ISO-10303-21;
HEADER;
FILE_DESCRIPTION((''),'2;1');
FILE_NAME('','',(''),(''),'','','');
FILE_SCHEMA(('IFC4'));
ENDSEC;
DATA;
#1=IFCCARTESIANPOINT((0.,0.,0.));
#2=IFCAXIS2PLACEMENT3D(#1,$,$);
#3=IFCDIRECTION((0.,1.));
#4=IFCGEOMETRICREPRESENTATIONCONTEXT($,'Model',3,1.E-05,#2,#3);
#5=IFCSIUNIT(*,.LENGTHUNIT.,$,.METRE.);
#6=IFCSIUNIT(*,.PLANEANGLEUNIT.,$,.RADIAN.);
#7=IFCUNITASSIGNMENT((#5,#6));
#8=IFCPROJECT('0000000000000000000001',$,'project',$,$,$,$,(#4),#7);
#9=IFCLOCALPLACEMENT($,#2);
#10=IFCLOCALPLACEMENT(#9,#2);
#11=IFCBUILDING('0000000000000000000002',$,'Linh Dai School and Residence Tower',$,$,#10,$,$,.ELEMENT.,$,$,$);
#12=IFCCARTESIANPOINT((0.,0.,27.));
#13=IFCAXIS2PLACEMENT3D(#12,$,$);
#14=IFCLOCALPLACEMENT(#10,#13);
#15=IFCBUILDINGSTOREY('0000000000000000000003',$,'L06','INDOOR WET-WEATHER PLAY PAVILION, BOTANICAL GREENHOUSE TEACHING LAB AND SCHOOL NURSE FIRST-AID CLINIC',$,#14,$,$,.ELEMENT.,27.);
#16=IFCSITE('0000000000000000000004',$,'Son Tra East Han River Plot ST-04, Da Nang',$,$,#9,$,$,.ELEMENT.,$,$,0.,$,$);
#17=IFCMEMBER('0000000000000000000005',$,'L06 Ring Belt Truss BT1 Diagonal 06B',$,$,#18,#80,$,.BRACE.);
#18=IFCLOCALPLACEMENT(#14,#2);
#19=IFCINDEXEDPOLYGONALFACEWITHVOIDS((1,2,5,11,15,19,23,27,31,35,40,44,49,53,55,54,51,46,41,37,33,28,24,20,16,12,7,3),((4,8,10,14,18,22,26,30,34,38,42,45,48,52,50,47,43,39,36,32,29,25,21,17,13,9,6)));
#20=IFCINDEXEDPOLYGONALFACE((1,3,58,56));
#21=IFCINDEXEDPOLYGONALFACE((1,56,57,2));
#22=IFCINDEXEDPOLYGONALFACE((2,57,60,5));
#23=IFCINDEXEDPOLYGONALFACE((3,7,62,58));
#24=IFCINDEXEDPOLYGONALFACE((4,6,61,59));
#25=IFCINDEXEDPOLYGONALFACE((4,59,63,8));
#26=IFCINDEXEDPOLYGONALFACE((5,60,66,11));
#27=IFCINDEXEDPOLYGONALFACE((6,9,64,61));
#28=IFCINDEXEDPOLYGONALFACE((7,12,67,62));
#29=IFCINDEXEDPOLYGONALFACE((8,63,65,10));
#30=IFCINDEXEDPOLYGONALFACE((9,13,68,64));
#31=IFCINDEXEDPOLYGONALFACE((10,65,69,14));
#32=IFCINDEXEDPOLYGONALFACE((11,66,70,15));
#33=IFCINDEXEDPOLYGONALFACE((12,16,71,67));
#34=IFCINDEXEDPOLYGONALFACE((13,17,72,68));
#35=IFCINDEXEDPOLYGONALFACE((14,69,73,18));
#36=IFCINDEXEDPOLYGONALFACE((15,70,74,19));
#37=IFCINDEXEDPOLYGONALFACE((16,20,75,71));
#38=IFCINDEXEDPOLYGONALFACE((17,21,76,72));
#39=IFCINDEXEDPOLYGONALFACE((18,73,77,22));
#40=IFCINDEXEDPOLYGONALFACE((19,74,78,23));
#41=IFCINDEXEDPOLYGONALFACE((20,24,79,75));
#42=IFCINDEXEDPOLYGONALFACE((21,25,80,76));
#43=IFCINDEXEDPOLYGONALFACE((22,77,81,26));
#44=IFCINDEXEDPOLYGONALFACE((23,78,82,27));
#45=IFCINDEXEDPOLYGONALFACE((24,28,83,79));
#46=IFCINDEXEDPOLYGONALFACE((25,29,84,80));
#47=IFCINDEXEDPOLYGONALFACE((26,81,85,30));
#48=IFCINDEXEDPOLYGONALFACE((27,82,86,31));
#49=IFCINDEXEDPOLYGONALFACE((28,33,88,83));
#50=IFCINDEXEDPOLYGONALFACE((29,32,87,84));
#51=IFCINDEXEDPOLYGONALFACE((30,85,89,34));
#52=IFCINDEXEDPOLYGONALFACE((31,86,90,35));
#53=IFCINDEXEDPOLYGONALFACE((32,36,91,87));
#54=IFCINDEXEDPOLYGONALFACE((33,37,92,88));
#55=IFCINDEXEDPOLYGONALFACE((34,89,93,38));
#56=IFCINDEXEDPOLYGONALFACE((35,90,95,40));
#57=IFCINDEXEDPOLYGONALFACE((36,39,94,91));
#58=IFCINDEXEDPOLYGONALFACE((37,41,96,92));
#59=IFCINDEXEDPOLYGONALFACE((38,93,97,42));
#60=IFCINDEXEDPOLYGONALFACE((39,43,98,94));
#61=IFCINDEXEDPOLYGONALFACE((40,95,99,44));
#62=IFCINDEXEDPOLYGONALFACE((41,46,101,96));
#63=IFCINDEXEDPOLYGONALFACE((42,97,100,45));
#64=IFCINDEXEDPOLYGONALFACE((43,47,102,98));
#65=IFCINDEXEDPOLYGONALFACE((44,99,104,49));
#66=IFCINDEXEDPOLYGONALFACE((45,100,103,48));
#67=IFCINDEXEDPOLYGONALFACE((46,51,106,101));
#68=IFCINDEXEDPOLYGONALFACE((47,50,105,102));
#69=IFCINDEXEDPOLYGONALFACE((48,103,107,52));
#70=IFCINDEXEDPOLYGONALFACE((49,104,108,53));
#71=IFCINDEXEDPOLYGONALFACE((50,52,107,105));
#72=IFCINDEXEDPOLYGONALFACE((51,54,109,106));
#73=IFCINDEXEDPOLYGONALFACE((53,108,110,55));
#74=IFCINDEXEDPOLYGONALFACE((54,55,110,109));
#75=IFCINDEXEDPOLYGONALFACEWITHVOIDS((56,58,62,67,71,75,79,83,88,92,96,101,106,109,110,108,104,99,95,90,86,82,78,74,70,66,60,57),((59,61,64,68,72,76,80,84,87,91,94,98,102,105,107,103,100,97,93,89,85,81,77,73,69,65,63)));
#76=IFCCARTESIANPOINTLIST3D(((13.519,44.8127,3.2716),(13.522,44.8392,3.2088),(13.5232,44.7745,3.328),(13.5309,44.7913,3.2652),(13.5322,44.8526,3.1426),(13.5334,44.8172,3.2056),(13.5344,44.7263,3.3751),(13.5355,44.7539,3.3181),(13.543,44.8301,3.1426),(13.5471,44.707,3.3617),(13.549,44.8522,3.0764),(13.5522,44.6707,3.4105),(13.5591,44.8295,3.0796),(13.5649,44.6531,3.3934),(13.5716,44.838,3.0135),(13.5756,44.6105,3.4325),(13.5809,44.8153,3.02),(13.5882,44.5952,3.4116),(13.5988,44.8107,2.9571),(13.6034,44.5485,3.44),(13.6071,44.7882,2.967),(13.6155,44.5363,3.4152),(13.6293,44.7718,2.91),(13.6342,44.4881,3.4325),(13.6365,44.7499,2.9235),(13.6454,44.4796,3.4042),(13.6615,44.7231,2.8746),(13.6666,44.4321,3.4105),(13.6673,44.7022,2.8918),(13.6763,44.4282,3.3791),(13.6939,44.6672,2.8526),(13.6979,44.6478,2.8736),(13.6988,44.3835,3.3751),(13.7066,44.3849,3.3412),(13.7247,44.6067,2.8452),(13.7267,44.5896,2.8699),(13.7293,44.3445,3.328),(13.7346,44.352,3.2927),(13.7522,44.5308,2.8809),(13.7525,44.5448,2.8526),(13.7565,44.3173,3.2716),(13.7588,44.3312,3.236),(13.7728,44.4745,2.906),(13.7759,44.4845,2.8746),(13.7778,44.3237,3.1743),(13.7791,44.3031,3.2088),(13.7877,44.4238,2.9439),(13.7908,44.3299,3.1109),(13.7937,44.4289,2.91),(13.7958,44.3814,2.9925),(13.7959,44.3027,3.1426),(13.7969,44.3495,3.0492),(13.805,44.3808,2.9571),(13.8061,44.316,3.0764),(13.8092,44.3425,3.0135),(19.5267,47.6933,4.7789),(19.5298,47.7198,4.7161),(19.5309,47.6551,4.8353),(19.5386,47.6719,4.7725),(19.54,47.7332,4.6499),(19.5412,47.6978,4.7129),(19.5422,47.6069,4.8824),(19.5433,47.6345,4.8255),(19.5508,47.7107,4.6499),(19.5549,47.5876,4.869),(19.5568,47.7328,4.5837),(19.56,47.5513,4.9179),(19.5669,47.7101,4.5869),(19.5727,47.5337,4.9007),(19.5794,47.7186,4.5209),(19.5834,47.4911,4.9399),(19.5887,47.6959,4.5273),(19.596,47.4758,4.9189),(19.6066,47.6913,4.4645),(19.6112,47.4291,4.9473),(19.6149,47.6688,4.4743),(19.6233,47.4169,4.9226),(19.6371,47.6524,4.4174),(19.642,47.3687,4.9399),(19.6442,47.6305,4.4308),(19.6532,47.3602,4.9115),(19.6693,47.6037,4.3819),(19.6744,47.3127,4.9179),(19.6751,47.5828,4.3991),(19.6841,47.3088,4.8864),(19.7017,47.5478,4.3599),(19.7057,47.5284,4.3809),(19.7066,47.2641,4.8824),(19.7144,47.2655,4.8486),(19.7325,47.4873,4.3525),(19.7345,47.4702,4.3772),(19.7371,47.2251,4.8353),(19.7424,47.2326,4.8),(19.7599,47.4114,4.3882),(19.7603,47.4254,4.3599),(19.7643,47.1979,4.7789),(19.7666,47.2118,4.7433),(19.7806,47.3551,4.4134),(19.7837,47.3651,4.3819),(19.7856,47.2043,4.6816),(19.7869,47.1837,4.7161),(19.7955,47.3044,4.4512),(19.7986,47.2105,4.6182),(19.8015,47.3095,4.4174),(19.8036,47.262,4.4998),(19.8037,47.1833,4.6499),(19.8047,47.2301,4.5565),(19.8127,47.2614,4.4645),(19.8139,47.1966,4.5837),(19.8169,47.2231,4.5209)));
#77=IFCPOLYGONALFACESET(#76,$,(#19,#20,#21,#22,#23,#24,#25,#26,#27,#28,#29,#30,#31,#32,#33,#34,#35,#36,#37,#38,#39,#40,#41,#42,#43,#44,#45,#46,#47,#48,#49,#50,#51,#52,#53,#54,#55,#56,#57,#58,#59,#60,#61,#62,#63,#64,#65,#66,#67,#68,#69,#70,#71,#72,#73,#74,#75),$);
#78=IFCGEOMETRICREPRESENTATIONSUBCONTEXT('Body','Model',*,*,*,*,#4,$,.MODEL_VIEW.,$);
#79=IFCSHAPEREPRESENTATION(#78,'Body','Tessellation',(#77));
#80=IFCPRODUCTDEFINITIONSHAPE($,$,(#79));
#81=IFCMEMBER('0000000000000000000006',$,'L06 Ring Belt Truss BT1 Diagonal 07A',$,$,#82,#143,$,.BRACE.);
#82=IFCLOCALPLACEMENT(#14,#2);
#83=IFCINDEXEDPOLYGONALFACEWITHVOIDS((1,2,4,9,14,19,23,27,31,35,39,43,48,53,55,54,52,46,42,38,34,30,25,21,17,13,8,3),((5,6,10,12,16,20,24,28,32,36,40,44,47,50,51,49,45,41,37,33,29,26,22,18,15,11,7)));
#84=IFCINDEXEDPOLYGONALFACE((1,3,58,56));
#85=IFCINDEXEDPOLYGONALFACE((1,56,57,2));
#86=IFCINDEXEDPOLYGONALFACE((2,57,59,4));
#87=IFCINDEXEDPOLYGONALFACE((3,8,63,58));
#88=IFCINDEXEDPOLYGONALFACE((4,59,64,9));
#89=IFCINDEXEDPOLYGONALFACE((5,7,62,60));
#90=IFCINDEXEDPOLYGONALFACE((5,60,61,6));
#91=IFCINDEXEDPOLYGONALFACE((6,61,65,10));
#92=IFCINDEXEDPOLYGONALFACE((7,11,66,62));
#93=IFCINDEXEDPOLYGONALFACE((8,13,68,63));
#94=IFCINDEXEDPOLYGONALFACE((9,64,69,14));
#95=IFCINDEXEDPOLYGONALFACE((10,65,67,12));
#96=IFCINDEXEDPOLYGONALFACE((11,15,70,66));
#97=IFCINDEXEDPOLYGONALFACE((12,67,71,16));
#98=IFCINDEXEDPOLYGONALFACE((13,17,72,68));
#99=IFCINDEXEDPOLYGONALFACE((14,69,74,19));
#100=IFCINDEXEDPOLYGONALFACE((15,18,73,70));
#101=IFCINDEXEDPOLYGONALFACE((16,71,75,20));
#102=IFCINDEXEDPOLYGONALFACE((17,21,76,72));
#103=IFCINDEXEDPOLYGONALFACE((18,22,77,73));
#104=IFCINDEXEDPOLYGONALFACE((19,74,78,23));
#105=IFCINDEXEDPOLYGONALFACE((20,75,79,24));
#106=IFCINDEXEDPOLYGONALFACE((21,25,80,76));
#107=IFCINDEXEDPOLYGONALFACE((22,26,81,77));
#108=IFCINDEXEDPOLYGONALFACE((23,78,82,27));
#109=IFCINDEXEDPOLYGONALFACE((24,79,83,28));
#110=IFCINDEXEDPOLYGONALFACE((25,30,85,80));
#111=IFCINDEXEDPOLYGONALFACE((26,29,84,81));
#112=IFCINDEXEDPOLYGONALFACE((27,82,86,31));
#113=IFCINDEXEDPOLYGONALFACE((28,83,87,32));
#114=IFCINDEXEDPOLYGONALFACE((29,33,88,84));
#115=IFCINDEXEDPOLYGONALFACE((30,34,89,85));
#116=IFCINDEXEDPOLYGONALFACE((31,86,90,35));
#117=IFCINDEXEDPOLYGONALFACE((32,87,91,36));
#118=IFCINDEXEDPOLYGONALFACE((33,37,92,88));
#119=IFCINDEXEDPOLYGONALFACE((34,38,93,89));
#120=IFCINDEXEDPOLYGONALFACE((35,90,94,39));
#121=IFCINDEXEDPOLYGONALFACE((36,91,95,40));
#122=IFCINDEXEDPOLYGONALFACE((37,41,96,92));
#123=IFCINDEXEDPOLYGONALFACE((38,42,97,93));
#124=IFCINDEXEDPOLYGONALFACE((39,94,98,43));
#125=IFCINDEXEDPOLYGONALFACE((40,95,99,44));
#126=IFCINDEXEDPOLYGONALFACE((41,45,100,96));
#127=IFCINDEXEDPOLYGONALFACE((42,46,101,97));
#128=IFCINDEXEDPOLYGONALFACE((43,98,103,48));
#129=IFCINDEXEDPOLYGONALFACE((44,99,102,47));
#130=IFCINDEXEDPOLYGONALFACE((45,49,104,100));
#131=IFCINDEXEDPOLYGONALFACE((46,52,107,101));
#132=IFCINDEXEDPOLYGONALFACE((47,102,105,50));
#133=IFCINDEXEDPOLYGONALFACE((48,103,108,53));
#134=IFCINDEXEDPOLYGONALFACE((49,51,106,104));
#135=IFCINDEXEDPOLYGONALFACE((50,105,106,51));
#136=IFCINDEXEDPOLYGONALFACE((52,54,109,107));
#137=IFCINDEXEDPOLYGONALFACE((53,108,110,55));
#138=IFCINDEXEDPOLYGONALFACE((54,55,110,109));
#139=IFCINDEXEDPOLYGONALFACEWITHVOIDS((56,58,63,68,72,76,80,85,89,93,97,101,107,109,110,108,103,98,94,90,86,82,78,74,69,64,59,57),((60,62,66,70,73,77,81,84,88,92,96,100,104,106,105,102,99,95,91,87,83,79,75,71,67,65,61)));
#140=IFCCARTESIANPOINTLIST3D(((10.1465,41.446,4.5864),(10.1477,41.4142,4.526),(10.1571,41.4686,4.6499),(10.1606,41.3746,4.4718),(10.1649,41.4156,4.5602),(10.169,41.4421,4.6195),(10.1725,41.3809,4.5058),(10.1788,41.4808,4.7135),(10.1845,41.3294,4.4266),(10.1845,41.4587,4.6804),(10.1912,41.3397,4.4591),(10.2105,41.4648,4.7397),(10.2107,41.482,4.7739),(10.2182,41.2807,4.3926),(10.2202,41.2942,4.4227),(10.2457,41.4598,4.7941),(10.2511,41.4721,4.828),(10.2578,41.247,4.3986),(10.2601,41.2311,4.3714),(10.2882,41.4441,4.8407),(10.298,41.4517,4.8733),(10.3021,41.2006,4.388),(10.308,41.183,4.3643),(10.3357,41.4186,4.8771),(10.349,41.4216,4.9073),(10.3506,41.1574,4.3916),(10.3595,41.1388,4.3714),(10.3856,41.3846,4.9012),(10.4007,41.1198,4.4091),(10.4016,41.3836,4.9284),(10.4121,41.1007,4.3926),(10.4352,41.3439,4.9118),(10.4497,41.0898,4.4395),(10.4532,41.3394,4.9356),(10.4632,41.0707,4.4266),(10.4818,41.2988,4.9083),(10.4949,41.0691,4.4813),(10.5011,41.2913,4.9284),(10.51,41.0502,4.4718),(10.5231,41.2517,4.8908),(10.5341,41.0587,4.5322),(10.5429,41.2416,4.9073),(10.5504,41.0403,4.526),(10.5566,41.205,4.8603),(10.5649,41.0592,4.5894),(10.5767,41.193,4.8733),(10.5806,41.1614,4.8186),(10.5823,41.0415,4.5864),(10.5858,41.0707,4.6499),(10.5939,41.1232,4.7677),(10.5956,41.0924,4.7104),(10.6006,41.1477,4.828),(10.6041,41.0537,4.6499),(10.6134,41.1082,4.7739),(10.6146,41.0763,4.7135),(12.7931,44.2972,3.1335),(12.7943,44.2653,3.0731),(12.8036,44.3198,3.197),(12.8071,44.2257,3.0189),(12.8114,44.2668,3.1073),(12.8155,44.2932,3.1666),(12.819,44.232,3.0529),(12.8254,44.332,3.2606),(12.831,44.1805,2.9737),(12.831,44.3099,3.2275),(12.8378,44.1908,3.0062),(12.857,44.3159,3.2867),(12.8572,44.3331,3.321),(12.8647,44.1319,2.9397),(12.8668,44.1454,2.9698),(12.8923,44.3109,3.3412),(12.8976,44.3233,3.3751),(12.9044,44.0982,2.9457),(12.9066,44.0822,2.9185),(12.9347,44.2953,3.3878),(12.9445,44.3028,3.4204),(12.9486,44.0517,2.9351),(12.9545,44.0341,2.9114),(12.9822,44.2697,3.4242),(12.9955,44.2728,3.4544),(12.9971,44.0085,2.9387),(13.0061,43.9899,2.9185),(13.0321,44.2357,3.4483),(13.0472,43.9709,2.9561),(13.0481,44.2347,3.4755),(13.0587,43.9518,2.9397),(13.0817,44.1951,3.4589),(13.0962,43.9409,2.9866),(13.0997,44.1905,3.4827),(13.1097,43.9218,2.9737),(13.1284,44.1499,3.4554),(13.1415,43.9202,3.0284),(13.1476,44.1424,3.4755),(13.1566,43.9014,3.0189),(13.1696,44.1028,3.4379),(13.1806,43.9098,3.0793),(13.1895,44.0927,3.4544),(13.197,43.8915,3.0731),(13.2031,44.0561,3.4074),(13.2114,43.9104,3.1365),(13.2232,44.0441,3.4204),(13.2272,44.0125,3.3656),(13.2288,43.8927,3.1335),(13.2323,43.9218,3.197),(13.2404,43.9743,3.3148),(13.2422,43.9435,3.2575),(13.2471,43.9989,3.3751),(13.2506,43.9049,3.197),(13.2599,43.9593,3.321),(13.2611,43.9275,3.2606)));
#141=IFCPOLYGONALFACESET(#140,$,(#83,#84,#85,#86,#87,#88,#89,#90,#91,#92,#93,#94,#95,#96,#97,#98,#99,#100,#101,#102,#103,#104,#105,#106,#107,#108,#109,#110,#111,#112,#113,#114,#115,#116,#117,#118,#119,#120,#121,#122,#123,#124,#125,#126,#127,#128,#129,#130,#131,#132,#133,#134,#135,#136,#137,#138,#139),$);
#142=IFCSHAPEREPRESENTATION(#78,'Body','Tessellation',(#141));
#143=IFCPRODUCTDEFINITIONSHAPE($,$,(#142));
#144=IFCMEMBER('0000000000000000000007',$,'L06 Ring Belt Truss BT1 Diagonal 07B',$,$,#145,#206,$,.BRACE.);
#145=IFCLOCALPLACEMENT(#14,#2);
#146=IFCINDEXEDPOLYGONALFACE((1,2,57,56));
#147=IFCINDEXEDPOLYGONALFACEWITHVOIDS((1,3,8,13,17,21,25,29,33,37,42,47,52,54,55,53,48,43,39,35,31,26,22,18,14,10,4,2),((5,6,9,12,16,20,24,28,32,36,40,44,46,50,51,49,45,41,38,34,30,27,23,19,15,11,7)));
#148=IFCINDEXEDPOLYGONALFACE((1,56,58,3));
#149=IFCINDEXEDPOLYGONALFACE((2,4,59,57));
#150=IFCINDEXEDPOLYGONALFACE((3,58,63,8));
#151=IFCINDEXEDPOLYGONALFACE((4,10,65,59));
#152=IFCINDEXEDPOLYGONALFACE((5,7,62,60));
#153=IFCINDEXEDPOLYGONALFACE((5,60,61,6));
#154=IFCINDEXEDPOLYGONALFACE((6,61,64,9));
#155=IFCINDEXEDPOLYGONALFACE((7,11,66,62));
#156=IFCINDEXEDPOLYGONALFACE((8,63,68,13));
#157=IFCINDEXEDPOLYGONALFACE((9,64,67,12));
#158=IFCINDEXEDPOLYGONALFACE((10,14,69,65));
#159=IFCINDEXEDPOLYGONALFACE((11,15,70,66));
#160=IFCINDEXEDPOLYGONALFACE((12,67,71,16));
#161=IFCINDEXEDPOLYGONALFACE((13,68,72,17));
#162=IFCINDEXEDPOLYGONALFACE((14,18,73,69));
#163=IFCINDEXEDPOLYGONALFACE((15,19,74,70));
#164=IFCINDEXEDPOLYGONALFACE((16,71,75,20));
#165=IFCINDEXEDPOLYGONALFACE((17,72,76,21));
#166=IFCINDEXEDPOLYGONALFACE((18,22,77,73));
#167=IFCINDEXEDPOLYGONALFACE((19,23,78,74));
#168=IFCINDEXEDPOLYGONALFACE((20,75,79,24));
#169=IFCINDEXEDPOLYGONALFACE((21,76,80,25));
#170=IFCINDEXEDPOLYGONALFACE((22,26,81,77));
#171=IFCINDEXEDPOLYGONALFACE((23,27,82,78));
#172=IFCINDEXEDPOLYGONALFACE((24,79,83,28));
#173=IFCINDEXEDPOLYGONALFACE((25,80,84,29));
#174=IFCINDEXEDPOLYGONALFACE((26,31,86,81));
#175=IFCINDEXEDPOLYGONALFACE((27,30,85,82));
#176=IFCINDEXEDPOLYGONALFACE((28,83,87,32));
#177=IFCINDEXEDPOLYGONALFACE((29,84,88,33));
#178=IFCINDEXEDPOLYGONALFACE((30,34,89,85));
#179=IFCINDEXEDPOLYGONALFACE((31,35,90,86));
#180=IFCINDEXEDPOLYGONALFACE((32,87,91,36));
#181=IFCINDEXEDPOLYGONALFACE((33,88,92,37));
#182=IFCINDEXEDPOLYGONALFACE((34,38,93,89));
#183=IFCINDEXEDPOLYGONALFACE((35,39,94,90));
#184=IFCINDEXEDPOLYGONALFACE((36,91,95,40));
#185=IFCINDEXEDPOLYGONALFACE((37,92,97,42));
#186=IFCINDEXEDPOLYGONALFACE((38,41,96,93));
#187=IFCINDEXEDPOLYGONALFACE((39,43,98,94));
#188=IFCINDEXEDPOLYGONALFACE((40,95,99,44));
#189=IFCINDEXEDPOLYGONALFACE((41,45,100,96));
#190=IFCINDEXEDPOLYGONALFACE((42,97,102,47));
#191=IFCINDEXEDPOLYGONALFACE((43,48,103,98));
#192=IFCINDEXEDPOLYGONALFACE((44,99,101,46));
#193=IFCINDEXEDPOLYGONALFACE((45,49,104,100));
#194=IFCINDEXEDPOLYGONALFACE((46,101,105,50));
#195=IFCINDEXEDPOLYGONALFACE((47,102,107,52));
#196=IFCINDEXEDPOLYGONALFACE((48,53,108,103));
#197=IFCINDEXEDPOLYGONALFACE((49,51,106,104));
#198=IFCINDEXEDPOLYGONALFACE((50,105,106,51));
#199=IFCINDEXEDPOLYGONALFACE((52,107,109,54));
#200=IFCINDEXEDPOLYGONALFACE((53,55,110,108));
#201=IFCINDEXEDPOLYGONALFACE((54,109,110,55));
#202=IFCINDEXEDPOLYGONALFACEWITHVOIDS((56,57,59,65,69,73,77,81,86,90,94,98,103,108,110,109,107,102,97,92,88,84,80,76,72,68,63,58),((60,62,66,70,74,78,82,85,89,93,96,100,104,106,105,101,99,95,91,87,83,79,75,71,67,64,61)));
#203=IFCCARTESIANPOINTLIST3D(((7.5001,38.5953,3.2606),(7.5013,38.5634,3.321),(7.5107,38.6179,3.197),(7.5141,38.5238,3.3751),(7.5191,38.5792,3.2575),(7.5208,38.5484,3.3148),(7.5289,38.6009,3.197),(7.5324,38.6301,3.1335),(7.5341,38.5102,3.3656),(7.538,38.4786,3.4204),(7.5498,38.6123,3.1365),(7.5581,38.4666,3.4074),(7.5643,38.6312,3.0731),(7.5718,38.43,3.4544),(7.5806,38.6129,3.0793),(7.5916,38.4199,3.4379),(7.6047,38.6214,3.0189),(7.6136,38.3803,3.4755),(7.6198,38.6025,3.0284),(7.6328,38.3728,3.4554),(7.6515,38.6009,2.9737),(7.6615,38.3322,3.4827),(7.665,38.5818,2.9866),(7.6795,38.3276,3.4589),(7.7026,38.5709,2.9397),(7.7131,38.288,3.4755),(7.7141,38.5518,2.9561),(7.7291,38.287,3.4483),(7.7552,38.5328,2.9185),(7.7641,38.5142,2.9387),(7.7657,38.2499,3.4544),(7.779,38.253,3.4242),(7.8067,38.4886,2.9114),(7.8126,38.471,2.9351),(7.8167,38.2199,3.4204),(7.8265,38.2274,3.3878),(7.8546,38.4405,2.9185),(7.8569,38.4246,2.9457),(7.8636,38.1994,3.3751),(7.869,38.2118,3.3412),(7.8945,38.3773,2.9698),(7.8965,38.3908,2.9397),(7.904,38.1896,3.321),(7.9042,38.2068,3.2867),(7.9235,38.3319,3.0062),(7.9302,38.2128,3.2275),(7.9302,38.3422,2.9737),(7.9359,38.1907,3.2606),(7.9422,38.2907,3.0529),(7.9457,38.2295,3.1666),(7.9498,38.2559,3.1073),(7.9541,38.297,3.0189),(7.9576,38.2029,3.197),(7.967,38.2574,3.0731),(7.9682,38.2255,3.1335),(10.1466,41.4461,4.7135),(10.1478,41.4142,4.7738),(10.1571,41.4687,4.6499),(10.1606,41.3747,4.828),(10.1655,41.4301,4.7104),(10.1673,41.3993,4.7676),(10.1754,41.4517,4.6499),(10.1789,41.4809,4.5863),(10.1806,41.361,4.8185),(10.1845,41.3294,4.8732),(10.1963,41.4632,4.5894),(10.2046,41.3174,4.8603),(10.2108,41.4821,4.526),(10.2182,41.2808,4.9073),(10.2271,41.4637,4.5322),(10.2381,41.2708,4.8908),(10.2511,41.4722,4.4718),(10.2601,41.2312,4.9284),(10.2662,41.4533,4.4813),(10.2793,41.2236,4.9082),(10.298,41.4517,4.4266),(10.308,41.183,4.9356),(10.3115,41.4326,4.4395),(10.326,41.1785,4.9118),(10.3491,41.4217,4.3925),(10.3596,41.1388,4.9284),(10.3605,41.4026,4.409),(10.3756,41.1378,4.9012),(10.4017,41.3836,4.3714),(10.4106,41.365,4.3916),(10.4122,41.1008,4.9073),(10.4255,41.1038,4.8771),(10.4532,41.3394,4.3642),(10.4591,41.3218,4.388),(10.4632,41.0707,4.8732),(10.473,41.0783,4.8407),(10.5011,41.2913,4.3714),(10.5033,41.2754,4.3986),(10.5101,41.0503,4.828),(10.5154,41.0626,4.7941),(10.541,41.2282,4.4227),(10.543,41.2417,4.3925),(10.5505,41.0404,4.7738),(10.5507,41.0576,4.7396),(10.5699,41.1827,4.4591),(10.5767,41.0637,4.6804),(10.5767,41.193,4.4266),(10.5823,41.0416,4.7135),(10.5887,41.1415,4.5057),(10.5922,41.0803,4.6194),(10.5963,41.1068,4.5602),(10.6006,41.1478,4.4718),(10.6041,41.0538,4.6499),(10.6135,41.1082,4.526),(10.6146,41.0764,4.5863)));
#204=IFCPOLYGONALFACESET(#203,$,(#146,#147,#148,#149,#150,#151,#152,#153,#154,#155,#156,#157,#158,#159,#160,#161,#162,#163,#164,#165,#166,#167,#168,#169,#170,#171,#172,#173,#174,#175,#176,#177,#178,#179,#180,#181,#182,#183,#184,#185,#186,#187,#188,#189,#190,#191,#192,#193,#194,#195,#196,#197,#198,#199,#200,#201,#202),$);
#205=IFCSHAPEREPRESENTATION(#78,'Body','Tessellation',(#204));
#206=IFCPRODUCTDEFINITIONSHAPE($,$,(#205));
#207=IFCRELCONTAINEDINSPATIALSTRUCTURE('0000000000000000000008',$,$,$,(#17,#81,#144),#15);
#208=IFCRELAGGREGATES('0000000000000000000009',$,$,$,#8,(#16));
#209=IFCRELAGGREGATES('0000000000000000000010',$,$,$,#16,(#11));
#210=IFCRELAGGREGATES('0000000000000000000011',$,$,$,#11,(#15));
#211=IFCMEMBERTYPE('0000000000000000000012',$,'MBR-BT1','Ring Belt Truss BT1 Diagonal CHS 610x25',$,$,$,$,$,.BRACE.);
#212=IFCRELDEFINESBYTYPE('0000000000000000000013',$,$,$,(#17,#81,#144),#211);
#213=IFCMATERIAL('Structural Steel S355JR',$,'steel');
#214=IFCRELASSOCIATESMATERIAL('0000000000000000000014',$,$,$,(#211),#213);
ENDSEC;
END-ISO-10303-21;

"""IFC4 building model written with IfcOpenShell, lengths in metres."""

from ifc_helpers import new_model, si_unit, direction, frame, origin, origin_2d, place, context, subcontext, project, spatial, hollow_circle, extrude, material, material_profile, profile_set, type_object, element, save


model = new_model("IFC4")

# Units and contexts
model_context = context("Model", 3, precision=1e-05, world=origin(), true_north=direction((0.0, 1.0)))
body_context = subcontext(model_context, "Body", "Model", "MODEL_VIEW")
ifc_project = project(units=[si_unit("LENGTHUNIT", "METRE"), si_unit("PLANEANGLEUNIT", "RADIAN")], contexts=[model_context])

# Site, building, storey
site_placement = place(None, origin())
site = spatial("IfcSite", under=ifc_project, at=site_placement, Name="Son Tra East Han River Plot ST-04, Da Nang", CompositionType="ELEMENT", RefElevation=0.0)
building_placement = place(site_placement, origin())
building = spatial("IfcBuilding", under=site, at=building_placement, Name="Linh Dai School and Residence Tower", CompositionType="ELEMENT")
storey_placement = place(building_placement, frame((0.0, 0.0, 27.0)))
storey = spatial("IfcBuildingStorey", under=building, at=storey_placement, Name="L06", Description="INDOOR WET-WEATHER PLAY PAVILION, BOTANICAL GREENHOUSE TEACHING LAB AND SCHOOL NURSE FIRST-AID CLINIC", CompositionType="ELEMENT", Elevation=27.0)

# Shared definitions
ifc_material_1 = material(Name="Structural Steel S355JR", Category="steel")

# Members
ifc_material_profile_1 = material_profile(ifc_material_1, hollow_circle(Radius=0.3049, WallThickness=0.0249, at=origin_2d()), Name="CHS 610x25")
ifc_profile_set_1 = profile_set([ifc_material_profile_1], Name="Structural Steel S355JR")
member_type_1 = type_object("IfcMemberType", Name="MBR-BT1", Description="Ring Belt Truss BT1 Diagonal CHS 610x25", PredefinedType="BRACE", material=ifc_profile_set_1)
member_1_placement = place(storey_placement, frame((13.6641, 44.5776, 3.1426), z_axis=(0.879481, 0.421692, 0.220656), x_axis=(-0.432349, 0.901707, 0.0)))
element("IfcMember", 1, at=member_1_placement, inside=storey, type_object=member_type_1, Name="L06 Ring Belt Truss BT1 Diagonal 06B", PredefinedType="BRACE", context=body_context, shape_type="SweptSolid", body=[
    extrude(hollow_circle(Radius=0.3049, WallThickness=0.0249, at=origin_2d()), origin(), (0.0, 0.0, 1.0), 6.8311),
])
member_2_placement = place(storey_placement, frame((13.0271, 44.1123, 3.197), z_axis=(-0.637321, -0.68659, 0.34988), x_axis=(0.732914, -0.680321, 0.0)))
element("IfcMember", 2, at=member_2_placement, inside=storey, type_object=member_type_1, Name="L06 Ring Belt Truss BT1 Diagonal 07A", PredefinedType="BRACE", context=body_context, shape_type="SweptSolid", body=[
    extrude(hollow_circle(Radius=0.3049, WallThickness=0.0249, at=origin_2d()), origin(), (0.0, 0.0, 1.0), 4.1526),
])
member_3_placement = place(storey_placement, frame((7.7341, 38.4104, 3.197), z_axis=(0.637347, 0.686559, 0.349894), x_axis=(-0.732885, 0.680352, 0.0)))
element("IfcMember", 3, at=member_3_placement, inside=storey, type_object=member_type_1, Name="L06 Ring Belt Truss BT1 Diagonal 07B", PredefinedType="BRACE", context=body_context, shape_type="SweptSolid", body=[
    extrude(hollow_circle(Radius=0.3049, WallThickness=0.0249, at=origin_2d()), origin(), (0.0, 0.0, 1.0), 4.1523),
])

save(model, "model.ifc")
